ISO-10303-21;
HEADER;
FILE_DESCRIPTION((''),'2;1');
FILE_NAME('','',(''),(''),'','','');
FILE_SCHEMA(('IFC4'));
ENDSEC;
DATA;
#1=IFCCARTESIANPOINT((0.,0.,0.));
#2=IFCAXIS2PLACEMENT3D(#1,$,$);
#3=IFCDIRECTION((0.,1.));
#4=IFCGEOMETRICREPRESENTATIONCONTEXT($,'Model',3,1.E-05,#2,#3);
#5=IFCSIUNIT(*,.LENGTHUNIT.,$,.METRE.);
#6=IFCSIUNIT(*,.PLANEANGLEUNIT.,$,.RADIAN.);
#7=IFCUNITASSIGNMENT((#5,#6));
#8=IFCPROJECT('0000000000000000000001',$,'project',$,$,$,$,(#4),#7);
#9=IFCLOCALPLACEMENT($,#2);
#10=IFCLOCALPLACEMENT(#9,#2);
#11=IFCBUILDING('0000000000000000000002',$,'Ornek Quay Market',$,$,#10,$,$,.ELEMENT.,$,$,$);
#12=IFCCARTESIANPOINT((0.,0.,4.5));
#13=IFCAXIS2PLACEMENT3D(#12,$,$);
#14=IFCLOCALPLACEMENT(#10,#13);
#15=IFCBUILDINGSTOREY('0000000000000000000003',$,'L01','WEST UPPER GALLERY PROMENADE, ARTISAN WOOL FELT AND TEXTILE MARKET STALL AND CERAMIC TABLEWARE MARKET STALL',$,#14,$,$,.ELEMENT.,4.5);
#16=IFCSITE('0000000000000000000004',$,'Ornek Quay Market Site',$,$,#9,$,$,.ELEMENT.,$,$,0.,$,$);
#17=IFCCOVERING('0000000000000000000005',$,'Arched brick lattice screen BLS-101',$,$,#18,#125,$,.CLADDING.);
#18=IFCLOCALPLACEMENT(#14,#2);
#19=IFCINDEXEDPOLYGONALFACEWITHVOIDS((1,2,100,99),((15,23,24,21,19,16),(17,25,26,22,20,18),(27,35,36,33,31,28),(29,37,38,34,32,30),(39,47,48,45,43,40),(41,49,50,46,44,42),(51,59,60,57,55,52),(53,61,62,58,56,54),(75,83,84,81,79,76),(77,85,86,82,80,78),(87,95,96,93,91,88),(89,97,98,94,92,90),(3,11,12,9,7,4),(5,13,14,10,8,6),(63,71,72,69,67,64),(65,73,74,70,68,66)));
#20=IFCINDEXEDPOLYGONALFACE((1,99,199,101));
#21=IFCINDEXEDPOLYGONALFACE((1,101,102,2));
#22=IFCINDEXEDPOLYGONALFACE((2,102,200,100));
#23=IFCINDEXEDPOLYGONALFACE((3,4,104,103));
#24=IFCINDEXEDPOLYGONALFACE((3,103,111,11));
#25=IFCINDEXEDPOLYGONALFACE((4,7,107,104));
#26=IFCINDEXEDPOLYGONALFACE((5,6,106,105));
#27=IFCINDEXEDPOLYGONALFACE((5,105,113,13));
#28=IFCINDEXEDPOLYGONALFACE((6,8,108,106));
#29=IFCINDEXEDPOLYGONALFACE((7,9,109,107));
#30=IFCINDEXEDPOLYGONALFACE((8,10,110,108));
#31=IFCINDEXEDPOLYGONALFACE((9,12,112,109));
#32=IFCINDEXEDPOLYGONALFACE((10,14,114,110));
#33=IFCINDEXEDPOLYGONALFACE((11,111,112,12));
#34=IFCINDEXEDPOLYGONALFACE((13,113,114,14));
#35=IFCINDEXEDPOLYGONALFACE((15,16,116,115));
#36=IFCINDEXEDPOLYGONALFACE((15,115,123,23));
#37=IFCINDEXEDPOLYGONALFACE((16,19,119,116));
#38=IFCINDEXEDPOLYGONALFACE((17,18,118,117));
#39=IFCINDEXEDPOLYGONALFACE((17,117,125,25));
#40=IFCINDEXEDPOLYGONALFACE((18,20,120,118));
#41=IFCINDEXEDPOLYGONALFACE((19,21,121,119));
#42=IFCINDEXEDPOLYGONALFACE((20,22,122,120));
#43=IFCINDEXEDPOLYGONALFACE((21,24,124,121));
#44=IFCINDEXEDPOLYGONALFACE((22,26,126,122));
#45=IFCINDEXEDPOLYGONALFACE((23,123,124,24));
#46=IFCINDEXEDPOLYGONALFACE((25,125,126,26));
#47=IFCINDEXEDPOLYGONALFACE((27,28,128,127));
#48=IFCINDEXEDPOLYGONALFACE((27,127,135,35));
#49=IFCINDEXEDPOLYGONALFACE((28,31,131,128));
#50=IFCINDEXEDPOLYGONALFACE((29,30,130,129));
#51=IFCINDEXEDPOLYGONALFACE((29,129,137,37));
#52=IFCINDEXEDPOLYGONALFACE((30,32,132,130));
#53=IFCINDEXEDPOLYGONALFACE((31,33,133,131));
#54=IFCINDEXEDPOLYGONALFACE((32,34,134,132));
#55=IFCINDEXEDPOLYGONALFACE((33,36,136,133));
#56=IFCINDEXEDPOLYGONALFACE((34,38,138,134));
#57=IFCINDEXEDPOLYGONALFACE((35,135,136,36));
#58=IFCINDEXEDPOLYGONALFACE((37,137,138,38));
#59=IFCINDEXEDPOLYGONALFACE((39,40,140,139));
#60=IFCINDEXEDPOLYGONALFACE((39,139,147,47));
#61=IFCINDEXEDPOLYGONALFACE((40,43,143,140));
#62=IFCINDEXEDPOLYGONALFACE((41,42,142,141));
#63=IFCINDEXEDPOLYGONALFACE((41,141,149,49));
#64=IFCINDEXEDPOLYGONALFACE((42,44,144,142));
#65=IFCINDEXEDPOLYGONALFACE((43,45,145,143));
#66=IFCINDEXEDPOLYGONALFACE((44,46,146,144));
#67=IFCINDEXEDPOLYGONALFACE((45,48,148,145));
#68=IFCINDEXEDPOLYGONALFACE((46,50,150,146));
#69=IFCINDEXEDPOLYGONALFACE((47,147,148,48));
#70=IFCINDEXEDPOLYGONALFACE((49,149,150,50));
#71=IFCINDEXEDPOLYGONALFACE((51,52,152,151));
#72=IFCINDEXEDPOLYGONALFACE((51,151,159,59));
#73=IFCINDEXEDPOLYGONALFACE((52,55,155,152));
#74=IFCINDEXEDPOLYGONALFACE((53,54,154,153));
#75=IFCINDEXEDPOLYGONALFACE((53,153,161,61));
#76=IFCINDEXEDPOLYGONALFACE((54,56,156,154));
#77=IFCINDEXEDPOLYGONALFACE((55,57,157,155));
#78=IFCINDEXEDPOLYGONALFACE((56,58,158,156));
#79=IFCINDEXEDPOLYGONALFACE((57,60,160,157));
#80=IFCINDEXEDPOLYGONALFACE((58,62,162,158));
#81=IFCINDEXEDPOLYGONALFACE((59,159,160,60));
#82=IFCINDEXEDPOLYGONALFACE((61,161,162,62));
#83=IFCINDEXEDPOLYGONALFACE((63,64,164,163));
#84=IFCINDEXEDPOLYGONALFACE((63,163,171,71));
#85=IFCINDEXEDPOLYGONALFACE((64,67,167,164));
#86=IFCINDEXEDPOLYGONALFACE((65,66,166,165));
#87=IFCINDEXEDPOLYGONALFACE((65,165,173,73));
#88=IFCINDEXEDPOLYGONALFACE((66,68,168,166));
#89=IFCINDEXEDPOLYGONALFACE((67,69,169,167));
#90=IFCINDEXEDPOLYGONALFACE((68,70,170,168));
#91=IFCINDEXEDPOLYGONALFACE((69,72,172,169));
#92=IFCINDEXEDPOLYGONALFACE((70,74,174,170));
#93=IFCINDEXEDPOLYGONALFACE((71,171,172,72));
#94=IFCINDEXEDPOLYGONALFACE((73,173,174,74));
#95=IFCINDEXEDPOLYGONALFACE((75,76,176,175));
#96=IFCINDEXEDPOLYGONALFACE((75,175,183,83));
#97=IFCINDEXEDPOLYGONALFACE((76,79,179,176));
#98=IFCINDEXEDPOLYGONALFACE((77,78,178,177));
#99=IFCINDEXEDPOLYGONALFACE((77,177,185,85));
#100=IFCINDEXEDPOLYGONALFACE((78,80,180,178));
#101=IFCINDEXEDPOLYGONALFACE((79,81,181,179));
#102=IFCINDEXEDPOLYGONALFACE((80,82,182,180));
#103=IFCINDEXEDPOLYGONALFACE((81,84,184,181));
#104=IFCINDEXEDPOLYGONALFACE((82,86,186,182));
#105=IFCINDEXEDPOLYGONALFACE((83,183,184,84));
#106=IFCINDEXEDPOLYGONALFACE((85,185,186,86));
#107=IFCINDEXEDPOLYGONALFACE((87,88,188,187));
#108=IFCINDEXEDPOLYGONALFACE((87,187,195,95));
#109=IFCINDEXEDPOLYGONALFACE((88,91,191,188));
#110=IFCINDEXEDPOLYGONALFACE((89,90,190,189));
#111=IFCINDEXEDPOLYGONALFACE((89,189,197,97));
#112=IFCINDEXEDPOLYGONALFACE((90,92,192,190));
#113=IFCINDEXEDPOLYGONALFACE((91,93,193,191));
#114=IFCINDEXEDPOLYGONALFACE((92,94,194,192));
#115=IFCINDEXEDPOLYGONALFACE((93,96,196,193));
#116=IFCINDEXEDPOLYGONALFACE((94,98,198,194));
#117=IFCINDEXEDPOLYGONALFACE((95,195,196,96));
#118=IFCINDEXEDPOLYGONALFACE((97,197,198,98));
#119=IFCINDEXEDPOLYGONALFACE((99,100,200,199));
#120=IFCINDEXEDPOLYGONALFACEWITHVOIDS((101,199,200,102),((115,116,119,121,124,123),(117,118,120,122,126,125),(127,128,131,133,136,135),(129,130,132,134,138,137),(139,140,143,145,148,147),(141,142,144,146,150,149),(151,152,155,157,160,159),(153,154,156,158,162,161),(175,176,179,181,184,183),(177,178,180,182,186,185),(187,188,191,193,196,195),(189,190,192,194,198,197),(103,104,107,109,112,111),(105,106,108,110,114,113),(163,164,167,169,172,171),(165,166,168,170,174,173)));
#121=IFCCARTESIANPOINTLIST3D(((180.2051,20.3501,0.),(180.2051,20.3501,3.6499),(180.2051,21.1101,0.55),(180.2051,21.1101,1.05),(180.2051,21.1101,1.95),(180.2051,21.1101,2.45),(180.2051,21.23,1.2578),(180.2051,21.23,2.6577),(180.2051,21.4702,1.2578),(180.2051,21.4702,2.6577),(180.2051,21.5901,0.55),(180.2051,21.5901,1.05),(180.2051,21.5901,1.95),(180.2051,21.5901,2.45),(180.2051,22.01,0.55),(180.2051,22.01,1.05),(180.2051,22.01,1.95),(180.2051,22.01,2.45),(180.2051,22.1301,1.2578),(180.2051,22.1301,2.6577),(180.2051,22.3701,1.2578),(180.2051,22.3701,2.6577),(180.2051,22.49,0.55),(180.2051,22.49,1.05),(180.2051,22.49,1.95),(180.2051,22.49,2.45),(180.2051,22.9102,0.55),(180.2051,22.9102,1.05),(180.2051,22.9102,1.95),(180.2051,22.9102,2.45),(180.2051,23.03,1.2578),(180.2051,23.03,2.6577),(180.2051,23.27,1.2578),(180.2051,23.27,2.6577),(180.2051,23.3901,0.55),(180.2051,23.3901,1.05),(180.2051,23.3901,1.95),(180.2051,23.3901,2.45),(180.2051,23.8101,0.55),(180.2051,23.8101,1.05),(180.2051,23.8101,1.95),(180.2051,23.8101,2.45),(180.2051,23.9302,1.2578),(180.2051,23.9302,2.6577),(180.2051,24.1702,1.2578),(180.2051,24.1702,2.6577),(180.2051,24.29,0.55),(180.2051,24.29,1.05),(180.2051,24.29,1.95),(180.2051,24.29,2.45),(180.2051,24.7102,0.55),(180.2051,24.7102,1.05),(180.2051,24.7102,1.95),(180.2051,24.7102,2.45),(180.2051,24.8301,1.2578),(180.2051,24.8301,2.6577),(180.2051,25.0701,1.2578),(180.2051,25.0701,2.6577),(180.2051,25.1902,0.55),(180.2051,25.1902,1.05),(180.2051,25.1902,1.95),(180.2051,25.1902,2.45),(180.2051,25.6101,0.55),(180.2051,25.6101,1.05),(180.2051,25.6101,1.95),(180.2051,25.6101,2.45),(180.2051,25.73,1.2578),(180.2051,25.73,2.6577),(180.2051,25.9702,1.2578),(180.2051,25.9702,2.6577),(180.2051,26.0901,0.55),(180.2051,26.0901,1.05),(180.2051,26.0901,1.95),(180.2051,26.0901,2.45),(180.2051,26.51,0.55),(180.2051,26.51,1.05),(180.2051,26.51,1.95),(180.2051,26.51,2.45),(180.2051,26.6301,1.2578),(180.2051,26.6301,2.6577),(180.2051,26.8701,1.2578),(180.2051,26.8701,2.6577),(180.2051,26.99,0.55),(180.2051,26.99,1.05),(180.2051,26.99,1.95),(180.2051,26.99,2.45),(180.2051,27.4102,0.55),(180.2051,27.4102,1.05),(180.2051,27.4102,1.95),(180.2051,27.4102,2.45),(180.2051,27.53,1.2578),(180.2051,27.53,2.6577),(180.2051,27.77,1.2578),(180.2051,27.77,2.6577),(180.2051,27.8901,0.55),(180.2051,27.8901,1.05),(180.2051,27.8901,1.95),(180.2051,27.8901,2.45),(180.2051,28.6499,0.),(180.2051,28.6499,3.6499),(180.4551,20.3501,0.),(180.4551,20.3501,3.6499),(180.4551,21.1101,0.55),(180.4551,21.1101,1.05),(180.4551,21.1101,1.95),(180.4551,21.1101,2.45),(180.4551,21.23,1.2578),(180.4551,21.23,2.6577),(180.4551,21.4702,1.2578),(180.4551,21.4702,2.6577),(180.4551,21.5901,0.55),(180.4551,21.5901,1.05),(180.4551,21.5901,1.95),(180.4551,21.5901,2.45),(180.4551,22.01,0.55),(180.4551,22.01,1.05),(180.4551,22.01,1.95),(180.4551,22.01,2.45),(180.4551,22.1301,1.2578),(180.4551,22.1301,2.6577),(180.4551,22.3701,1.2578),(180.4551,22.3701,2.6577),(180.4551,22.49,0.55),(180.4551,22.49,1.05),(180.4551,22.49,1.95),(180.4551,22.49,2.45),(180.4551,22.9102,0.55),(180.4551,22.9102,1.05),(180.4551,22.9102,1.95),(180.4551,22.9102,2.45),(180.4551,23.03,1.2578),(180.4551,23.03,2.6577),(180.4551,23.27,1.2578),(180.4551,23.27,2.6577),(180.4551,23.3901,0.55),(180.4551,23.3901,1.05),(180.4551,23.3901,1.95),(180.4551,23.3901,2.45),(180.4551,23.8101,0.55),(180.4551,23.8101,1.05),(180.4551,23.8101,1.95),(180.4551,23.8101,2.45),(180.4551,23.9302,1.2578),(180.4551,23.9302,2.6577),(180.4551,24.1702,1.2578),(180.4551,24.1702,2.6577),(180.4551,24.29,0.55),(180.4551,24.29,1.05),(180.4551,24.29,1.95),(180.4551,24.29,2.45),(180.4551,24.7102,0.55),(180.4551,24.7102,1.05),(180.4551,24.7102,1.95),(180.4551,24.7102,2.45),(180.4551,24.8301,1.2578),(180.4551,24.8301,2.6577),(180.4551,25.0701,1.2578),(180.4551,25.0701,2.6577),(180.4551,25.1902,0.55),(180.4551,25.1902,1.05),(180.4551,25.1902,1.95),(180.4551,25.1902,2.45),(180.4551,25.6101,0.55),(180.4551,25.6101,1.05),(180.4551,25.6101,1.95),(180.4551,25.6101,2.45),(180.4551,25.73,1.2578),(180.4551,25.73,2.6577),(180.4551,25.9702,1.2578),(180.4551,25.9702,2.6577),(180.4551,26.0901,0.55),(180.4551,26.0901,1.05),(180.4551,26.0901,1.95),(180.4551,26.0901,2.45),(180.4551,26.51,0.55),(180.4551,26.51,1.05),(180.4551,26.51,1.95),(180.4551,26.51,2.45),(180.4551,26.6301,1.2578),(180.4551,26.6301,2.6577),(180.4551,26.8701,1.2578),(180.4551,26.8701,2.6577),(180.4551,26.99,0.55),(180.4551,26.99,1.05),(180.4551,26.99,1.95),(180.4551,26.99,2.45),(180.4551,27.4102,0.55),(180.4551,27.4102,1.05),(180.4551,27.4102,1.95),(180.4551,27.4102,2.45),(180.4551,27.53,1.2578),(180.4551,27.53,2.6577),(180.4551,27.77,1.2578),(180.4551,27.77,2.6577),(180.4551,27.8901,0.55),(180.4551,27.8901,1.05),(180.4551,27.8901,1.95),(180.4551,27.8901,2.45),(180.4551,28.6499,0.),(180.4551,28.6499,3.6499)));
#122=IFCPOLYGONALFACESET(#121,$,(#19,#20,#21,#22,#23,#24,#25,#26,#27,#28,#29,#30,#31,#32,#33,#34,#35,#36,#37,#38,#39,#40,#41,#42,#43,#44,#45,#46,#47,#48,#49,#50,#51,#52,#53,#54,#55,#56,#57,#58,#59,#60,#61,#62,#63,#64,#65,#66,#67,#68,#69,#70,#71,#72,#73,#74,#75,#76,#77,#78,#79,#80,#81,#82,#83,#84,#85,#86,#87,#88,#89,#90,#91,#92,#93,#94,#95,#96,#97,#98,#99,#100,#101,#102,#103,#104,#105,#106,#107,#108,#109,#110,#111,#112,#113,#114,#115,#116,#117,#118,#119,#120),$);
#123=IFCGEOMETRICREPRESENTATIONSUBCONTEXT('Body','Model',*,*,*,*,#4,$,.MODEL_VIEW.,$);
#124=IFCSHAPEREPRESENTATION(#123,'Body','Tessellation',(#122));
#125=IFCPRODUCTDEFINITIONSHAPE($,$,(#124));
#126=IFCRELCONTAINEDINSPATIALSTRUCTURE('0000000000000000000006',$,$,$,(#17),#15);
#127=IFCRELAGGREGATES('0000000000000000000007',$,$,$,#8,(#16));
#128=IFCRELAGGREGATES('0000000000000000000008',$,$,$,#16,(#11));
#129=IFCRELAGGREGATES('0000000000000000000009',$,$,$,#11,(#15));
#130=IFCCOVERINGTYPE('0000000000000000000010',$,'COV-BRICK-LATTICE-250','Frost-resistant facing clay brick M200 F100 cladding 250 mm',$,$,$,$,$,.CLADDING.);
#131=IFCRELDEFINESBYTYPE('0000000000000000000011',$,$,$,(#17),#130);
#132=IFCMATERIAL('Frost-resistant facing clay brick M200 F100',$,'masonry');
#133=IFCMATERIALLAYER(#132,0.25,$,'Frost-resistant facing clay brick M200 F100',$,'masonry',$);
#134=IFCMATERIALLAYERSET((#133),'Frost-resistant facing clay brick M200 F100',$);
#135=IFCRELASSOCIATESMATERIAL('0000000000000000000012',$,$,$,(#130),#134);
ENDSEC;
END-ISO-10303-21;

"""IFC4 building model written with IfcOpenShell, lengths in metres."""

from ifc_helpers import new_model, si_unit, direction, frame, origin, place, context, subcontext, project, spatial, polyline, outline, extrude, material, layer, layer_set, type_object, element, save


model = new_model("IFC4")

# Units and contexts
model_context = context("Model", 3, precision=1e-05, world=origin(), true_north=direction((0.0, 1.0)))
body_context = subcontext(model_context, "Body", "Model", "MODEL_VIEW")
ifc_project = project(units=[si_unit("LENGTHUNIT", "METRE"), si_unit("PLANEANGLEUNIT", "RADIAN")], contexts=[model_context])

# Site, building, storey
site_placement = place(None, origin())
site = spatial("IfcSite", under=ifc_project, at=site_placement, Name="Ornek Quay Market Site", CompositionType="ELEMENT", RefElevation=0.0)
building_placement = place(site_placement, origin())
building = spatial("IfcBuilding", under=site, at=building_placement, Name="Ornek Quay Market", CompositionType="ELEMENT")
storey_placement = place(building_placement, frame((0.0, 0.0, 4.5)))
storey = spatial("IfcBuildingStorey", under=building, at=storey_placement, Name="L01", Description="WEST UPPER GALLERY PROMENADE, ARTISAN WOOL FELT AND TEXTILE MARKET STALL AND CERAMIC TABLEWARE MARKET STALL", CompositionType="ELEMENT", Elevation=4.5)

# Shared definitions
ifc_material_1 = material(Name="Frost-resistant facing clay brick M200 F100", Category="masonry")

# Covering
ifc_layer_1 = layer(ifc_material_1, 0.25, Name="Frost-resistant facing clay brick M200 F100", Category="masonry")
ifc_layer_set_1 = layer_set([ifc_layer_1], Name="Frost-resistant facing clay brick M200 F100")
covering_type = type_object("IfcCoveringType", Name="COV-BRICK-LATTICE-250", Description="Frost-resistant facing clay brick M200 F100 cladding 250 mm", PredefinedType="CLADDING", material=ifc_layer_set_1)
covering_1_placement = place(storey_placement, frame((180.3301, 20.3501, 0.0), z_axis=(0.0, 0.0, 1.0), x_axis=(0.0, 1.0, 0.0)))
element("IfcCovering", 1, at=covering_1_placement, inside=storey, type_object=covering_type, Name="Arched brick lattice screen BLS-101", PredefinedType="CLADDING", context=body_context, shape_type="SweptSolid", body=[
    extrude(outline(polyline([(0.0, 0.0), (8.2998, 0.0), (8.2998, 3.6499), (0.0, 3.6499), (0.0, 0.0)]), holes=[polyline([(0.76, 0.55), (1.24, 0.55), (1.24, 1.05), (1.1201, 1.2578), (0.8799, 1.2578), (0.76, 1.05), (0.76, 0.55)]), polyline([(0.76, 1.95), (1.24, 1.95), (1.24, 2.45), (1.1201, 2.6577), (0.8799, 2.6577), (0.76, 2.45), (0.76, 1.95)]), polyline([(1.6599, 0.55), (2.1399, 0.55), (2.1399, 1.05), (2.02, 1.2578), (1.78, 1.2578), (1.6599, 1.05), (1.6599, 0.55)]), polyline([(1.6599, 1.95), (2.1399, 1.95), (2.1399, 2.45), (2.02, 2.6577), (1.78, 2.6577), (1.6599, 2.45), (1.6599, 1.95)]), polyline([(2.5601, 0.55), (3.04, 0.55), (3.04, 1.05), (2.9199, 1.2578), (2.6799, 1.2578), (2.5601, 1.05), (2.5601, 0.55)]), polyline([(2.5601, 1.95), (3.04, 1.95), (3.04, 2.45), (2.9199, 2.6577), (2.6799, 2.6577), (2.5601, 2.45), (2.5601, 1.95)]), polyline([(3.46, 0.55), (3.9399, 0.55), (3.9399, 1.05), (3.8201, 1.2578), (3.5801, 1.2578), (3.46, 1.05), (3.46, 0.55)]), polyline([(3.46, 1.95), (3.9399, 1.95), (3.9399, 2.45), (3.8201, 2.6577), (3.5801, 2.6577), (3.46, 2.45), (3.46, 1.95)]), polyline([(4.3601, 0.55), (4.8401, 0.55), (4.8401, 1.05), (4.72, 1.2578), (4.48, 1.2578), (4.3601, 1.05), (4.3601, 0.55)]), polyline([(4.3601, 1.95), (4.8401, 1.95), (4.8401, 2.45), (4.72, 2.6577), (4.48, 2.6577), (4.3601, 2.45), (4.3601, 1.95)]), polyline([(5.26, 0.55), (5.74, 0.55), (5.74, 1.05), (5.6201, 1.2578), (5.3799, 1.2578), (5.26, 1.05), (5.26, 0.55)]), polyline([(5.26, 1.95), (5.74, 1.95), (5.74, 2.45), (5.6201, 2.6577), (5.3799, 2.6577), (5.26, 2.45), (5.26, 1.95)]), polyline([(6.1599, 0.55), (6.6399, 0.55), (6.6399, 1.05), (6.52, 1.2578), (6.28, 1.2578), (6.1599, 1.05), (6.1599, 0.55)]), polyline([(6.1599, 1.95), (6.6399, 1.95), (6.6399, 2.45), (6.52, 2.6577), (6.28, 2.6577), (6.1599, 2.45), (6.1599, 1.95)]), polyline([(7.0601, 0.55), (7.54, 0.55), (7.54, 1.05), (7.4199, 1.2578), (7.1799, 1.2578), (7.0601, 1.05), (7.0601, 0.55)]), polyline([(7.0601, 1.95), (7.54, 1.95), (7.54, 2.45), (7.4199, 2.6577), (7.1799, 2.6577), (7.0601, 2.45), (7.0601, 1.95)])]), frame((0.0, 0.125, 0.0), z_axis=(0.0, -1.0, 0.0), x_axis=(1.0, 0.0, 0.0)), (0.0, 0.0, 1.0), 0.25),
])

save(model, "model.ifc")
